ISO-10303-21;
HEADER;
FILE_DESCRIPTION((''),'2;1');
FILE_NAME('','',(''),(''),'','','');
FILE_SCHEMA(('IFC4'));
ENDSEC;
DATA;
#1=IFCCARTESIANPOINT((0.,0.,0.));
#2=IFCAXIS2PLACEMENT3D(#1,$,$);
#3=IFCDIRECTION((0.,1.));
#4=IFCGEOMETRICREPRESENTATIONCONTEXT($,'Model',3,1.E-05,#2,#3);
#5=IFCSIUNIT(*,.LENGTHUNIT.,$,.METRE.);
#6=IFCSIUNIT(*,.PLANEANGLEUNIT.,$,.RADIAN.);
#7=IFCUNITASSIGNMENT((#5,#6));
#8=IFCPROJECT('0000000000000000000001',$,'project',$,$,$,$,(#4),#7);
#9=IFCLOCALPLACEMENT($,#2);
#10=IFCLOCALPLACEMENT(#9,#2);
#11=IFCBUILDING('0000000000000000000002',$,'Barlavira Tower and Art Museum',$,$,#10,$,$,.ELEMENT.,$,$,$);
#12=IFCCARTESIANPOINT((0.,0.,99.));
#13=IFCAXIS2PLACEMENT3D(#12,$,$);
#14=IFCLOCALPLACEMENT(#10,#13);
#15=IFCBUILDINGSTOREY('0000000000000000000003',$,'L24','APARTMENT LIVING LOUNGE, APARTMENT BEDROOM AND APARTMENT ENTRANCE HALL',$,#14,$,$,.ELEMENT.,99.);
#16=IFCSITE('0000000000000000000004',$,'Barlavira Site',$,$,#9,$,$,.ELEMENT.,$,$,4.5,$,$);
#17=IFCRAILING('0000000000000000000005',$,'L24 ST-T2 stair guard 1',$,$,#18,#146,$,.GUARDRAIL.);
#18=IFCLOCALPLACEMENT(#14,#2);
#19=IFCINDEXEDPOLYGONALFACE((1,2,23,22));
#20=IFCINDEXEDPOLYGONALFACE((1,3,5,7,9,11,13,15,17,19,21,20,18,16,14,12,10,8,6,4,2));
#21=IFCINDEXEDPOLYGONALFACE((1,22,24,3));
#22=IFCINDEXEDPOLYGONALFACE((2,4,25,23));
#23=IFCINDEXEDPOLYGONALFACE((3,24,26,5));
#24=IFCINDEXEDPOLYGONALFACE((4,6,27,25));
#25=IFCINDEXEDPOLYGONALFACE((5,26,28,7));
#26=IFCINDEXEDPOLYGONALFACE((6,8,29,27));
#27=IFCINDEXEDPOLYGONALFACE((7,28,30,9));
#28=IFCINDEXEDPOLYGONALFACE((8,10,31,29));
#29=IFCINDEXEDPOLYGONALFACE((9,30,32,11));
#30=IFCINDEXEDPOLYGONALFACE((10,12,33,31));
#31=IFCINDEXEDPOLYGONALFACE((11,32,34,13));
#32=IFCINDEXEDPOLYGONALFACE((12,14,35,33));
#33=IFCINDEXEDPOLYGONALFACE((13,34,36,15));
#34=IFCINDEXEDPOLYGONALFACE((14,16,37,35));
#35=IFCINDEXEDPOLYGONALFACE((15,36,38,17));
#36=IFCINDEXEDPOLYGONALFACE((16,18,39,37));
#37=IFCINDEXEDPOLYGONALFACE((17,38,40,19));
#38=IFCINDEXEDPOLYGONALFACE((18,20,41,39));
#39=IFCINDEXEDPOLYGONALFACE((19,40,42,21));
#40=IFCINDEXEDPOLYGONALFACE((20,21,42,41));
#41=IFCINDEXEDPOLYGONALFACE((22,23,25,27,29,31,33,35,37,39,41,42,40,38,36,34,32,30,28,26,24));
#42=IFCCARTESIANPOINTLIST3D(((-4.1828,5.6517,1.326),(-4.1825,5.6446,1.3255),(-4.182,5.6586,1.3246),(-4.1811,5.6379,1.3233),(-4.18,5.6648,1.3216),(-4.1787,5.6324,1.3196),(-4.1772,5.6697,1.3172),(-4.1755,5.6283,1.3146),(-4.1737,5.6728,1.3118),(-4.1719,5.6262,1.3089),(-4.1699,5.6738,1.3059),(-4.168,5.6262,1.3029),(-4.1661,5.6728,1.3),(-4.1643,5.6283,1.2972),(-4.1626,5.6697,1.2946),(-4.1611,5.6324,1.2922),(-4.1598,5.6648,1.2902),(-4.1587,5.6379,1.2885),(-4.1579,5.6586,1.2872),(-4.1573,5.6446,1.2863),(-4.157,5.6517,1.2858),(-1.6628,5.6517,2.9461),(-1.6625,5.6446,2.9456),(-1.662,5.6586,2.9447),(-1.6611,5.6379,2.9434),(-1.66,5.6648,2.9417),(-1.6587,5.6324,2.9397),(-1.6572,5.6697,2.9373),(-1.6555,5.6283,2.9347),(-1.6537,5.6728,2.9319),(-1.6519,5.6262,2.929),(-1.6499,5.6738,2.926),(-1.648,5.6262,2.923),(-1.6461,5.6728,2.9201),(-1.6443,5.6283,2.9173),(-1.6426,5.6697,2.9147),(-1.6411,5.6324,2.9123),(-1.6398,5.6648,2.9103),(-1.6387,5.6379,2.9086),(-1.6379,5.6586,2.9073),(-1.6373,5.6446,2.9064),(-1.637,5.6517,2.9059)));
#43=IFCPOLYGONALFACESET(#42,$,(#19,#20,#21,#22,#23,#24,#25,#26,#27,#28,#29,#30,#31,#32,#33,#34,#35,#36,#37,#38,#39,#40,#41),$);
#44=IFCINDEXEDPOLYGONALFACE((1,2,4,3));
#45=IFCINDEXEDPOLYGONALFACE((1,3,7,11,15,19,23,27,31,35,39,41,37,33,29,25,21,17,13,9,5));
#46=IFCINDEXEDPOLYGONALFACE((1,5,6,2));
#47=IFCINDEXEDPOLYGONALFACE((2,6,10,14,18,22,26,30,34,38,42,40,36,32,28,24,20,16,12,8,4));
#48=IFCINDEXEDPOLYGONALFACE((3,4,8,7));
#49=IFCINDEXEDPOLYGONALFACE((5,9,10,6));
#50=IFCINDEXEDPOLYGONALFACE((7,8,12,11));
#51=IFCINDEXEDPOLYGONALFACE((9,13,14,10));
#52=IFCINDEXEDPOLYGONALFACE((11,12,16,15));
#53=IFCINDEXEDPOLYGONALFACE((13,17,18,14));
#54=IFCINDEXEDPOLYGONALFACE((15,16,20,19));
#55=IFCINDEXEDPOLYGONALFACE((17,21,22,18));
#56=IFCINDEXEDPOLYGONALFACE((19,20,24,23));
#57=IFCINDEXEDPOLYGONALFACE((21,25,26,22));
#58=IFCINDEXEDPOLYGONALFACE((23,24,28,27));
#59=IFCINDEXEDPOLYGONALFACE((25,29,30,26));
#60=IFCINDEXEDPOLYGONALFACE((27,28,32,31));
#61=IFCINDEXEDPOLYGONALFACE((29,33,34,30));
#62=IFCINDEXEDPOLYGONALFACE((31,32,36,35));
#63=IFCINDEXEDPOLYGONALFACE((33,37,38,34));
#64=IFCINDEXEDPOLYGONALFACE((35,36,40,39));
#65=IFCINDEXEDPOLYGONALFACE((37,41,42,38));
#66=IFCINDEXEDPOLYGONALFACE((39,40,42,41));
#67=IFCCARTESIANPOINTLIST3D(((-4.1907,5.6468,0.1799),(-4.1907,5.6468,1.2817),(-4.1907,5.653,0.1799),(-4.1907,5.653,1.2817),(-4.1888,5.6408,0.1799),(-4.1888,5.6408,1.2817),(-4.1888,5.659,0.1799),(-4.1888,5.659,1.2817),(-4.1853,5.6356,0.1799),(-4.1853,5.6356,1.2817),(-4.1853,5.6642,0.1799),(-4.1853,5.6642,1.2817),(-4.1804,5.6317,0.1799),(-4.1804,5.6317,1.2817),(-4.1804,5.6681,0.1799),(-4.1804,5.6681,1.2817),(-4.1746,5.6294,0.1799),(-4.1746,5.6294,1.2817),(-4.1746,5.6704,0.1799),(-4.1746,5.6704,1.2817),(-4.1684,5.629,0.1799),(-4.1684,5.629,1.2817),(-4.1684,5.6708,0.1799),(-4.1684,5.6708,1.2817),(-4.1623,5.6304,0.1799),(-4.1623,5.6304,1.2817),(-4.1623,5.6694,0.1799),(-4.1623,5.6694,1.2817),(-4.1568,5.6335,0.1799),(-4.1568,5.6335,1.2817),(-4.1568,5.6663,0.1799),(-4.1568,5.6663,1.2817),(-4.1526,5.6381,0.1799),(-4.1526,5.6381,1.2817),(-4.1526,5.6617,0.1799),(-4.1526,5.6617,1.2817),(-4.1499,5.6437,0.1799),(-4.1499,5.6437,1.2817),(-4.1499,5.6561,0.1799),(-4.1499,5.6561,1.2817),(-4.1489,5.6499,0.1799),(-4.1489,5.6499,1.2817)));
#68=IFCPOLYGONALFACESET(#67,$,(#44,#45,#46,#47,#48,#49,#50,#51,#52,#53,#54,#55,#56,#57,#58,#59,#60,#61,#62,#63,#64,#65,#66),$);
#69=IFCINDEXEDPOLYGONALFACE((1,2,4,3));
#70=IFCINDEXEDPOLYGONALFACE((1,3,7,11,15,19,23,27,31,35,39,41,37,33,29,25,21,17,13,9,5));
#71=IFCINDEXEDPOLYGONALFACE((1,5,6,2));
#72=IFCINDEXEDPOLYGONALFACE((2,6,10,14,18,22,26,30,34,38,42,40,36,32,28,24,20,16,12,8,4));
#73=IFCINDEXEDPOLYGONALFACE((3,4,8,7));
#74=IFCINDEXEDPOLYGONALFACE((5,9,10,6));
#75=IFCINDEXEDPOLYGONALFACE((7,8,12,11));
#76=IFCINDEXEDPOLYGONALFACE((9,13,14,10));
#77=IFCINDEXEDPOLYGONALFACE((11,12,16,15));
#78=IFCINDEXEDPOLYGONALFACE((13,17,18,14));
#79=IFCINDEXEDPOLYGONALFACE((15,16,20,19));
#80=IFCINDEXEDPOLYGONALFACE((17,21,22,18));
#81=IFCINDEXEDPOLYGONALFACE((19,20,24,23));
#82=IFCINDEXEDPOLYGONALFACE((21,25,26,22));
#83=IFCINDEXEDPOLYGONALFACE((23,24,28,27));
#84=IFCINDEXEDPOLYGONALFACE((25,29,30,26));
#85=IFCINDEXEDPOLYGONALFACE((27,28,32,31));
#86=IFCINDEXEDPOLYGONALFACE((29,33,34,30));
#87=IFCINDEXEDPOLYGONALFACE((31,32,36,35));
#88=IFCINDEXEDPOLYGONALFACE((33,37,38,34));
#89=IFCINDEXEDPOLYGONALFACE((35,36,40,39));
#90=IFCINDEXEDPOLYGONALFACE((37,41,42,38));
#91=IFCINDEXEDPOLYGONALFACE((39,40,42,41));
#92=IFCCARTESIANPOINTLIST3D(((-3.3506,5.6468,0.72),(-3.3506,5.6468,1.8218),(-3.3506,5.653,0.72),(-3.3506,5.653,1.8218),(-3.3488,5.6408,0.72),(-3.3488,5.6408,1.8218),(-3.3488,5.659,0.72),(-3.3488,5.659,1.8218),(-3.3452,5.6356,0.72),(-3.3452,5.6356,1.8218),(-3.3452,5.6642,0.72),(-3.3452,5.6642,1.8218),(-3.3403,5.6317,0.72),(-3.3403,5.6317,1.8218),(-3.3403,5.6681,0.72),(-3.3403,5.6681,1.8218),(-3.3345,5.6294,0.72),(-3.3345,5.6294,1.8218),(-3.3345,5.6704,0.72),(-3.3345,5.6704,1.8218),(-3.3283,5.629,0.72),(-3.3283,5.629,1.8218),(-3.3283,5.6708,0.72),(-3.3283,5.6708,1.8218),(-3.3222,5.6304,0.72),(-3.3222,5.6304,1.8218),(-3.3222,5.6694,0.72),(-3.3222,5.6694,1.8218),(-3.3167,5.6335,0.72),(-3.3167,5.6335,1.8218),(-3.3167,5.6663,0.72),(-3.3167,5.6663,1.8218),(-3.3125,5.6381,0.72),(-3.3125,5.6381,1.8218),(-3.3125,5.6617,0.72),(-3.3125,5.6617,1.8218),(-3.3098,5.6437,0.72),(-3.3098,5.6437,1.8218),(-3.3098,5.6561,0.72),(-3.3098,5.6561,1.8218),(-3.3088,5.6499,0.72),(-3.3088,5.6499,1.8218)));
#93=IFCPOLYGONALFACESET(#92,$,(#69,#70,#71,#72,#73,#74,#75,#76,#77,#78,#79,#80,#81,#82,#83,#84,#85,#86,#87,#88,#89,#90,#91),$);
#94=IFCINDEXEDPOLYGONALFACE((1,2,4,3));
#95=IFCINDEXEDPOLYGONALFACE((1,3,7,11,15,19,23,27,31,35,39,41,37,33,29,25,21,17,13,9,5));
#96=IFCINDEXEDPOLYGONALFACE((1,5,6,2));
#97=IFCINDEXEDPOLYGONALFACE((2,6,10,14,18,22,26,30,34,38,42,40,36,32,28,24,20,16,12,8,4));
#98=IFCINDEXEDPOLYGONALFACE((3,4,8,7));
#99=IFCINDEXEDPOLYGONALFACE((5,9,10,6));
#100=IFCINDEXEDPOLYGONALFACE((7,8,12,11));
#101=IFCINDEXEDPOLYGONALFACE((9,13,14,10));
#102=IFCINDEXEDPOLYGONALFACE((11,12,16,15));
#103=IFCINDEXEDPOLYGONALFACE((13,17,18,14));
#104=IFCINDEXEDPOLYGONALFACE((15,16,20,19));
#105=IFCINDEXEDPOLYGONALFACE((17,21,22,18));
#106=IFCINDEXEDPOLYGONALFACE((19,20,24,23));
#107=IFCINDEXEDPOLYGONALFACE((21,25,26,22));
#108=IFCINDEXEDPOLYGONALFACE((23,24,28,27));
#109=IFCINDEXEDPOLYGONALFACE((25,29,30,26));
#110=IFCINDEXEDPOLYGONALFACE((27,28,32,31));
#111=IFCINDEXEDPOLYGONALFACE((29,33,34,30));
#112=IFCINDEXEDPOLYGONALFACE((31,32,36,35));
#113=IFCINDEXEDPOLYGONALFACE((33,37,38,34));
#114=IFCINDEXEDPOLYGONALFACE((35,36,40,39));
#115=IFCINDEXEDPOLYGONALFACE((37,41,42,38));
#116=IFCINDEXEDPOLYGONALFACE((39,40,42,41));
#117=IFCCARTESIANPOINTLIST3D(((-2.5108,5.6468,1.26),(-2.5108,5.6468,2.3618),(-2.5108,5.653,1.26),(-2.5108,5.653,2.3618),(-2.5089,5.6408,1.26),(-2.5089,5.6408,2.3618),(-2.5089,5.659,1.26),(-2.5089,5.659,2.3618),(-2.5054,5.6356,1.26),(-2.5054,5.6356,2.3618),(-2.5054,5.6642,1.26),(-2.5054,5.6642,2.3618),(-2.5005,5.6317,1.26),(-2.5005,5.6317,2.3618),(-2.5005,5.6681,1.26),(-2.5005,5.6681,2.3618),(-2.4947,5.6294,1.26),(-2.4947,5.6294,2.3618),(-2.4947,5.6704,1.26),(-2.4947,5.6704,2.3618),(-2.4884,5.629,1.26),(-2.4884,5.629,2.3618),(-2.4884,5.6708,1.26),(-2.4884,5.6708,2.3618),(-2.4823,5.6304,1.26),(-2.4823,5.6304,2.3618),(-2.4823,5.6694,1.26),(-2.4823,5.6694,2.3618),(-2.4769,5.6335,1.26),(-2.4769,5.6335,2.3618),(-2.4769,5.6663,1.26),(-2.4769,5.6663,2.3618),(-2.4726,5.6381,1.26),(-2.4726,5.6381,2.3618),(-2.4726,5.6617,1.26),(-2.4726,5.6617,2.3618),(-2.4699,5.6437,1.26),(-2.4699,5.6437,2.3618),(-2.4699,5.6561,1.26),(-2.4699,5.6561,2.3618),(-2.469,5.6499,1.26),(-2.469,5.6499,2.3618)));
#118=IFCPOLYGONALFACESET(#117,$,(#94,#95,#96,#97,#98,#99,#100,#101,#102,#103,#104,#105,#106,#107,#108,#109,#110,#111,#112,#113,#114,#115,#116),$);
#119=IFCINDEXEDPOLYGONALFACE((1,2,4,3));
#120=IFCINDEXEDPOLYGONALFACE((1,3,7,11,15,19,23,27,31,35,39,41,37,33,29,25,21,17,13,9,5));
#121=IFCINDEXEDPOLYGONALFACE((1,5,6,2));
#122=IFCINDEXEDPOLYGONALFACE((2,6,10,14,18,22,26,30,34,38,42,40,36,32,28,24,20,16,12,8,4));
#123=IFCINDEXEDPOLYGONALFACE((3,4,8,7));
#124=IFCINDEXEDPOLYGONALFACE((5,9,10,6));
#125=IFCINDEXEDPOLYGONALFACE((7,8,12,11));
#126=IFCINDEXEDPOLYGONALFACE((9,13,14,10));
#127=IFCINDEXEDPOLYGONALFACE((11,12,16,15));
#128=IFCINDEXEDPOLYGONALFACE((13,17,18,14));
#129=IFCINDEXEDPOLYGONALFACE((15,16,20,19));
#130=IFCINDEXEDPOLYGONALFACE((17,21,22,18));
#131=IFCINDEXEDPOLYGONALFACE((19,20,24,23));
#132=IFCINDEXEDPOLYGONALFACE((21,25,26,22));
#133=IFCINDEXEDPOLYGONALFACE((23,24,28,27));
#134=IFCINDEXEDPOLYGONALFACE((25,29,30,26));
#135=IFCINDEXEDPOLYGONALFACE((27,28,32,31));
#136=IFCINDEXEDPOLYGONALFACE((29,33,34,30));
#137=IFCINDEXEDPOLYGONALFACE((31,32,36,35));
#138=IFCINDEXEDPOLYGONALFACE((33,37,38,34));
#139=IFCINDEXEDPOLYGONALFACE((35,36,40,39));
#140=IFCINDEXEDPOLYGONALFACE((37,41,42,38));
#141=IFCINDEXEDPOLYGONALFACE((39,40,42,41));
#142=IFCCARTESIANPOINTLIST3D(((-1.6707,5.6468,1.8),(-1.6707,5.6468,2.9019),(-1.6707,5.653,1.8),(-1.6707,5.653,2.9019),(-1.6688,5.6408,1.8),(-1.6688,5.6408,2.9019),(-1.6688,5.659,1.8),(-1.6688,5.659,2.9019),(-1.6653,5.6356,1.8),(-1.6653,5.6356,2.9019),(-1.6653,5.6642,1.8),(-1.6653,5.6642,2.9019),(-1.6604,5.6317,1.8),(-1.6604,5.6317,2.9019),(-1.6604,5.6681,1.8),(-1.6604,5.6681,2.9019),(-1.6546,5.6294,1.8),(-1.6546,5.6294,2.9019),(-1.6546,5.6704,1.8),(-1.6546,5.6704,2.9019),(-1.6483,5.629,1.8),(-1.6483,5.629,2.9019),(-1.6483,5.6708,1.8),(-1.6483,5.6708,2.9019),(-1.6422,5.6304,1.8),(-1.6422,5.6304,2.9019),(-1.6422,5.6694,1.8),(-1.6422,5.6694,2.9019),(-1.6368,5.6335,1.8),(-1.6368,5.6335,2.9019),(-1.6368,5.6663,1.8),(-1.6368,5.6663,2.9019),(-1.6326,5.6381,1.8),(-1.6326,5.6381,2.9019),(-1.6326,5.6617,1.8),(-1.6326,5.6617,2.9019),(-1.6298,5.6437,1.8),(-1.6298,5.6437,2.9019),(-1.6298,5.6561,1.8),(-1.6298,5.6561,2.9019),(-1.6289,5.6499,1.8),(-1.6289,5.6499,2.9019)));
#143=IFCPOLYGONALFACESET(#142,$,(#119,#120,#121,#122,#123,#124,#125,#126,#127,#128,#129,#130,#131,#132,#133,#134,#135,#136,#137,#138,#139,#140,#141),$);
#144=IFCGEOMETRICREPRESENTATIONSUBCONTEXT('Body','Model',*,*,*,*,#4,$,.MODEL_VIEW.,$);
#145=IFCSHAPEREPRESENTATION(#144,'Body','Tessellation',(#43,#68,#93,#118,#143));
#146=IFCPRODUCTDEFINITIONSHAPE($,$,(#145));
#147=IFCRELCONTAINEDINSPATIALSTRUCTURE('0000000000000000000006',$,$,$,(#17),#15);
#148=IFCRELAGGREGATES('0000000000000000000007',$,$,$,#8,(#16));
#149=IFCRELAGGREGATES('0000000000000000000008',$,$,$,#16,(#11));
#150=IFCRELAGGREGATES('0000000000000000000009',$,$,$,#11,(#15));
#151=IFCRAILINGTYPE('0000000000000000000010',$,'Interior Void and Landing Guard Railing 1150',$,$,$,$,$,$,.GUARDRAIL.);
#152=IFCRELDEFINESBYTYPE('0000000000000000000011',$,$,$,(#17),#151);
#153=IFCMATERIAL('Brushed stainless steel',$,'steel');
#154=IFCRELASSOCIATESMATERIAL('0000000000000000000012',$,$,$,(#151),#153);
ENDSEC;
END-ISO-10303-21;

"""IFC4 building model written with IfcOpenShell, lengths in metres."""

from ifc_helpers import new_model, si_unit, direction, frame, origin, origin_2d, place, context, subcontext, project, spatial, circle, extrude, material, type_object, element, save


model = new_model("IFC4")

# Units and contexts
model_context = context("Model", 3, precision=1e-05, world=origin(), true_north=direction((0.0, 1.0)))
body_context = subcontext(model_context, "Body", "Model", "MODEL_VIEW")
ifc_project = project(units=[si_unit("LENGTHUNIT", "METRE"), si_unit("PLANEANGLEUNIT", "RADIAN")], contexts=[model_context])

# Site, building, storey
site_placement = place(None, origin())
site = spatial("IfcSite", under=ifc_project, at=site_placement, Name="Barlavira Site", CompositionType="ELEMENT", RefElevation=4.5)
building_placement = place(site_placement, origin())
building = spatial("IfcBuilding", under=site, at=building_placement, Name="Barlavira Tower and Art Museum", CompositionType="ELEMENT")
storey_placement = place(building_placement, frame((0.0, 0.0, 99.0)))
storey = spatial("IfcBuildingStorey", under=building, at=storey_placement, Name="L24", Description="APARTMENT LIVING LOUNGE, APARTMENT BEDROOM AND APARTMENT ENTRANCE HALL", CompositionType="ELEMENT", Elevation=99.0)

# Shared definitions
ifc_material_1 = material(Name="Brushed stainless steel", Category="steel")

# Railing
railing_type_1 = type_object("IfcRailingType", Name="Interior Void and Landing Guard Railing 1150", PredefinedType="GUARDRAIL", material=ifc_material_1)
railing_1_placement = place(storey_placement, frame((-4.1699, 5.6499, 0.1799)))
element("IfcRailing", 1, at=railing_1_placement, inside=storey, type_object=railing_type_1, Name="L24 ST-T2 stair guard 1", PredefinedType="GUARDRAIL", context=body_context, shape_type="SweptSolid", body=[
    extrude(circle(Radius=0.0239, at=origin_2d()), frame((0.0, 0.0, 1.126), z_axis=(0.841163, 0.0, 0.540782), x_axis=(0.0, 1.0, 0.0)), (0.0, 0.0, 1.0), 2.9958),
    extrude(circle(Radius=0.021, at=origin_2d()), origin(), (0.0, 0.0, 1.0), 1.1018),
    extrude(circle(Radius=0.021, at=origin_2d()), frame((0.8401, 0.0, 0.54)), (0.0, 0.0, 1.0), 1.1018),
    extrude(circle(Radius=0.021, at=origin_2d()), frame((1.6799, 0.0, 1.0801)), (0.0, 0.0, 1.0), 1.1018),
    extrude(circle(Radius=0.021, at=origin_2d()), frame((2.52, 0.0, 1.6201)), (0.0, 0.0, 1.0), 1.1018),
])

save(model, "model.ifc")
